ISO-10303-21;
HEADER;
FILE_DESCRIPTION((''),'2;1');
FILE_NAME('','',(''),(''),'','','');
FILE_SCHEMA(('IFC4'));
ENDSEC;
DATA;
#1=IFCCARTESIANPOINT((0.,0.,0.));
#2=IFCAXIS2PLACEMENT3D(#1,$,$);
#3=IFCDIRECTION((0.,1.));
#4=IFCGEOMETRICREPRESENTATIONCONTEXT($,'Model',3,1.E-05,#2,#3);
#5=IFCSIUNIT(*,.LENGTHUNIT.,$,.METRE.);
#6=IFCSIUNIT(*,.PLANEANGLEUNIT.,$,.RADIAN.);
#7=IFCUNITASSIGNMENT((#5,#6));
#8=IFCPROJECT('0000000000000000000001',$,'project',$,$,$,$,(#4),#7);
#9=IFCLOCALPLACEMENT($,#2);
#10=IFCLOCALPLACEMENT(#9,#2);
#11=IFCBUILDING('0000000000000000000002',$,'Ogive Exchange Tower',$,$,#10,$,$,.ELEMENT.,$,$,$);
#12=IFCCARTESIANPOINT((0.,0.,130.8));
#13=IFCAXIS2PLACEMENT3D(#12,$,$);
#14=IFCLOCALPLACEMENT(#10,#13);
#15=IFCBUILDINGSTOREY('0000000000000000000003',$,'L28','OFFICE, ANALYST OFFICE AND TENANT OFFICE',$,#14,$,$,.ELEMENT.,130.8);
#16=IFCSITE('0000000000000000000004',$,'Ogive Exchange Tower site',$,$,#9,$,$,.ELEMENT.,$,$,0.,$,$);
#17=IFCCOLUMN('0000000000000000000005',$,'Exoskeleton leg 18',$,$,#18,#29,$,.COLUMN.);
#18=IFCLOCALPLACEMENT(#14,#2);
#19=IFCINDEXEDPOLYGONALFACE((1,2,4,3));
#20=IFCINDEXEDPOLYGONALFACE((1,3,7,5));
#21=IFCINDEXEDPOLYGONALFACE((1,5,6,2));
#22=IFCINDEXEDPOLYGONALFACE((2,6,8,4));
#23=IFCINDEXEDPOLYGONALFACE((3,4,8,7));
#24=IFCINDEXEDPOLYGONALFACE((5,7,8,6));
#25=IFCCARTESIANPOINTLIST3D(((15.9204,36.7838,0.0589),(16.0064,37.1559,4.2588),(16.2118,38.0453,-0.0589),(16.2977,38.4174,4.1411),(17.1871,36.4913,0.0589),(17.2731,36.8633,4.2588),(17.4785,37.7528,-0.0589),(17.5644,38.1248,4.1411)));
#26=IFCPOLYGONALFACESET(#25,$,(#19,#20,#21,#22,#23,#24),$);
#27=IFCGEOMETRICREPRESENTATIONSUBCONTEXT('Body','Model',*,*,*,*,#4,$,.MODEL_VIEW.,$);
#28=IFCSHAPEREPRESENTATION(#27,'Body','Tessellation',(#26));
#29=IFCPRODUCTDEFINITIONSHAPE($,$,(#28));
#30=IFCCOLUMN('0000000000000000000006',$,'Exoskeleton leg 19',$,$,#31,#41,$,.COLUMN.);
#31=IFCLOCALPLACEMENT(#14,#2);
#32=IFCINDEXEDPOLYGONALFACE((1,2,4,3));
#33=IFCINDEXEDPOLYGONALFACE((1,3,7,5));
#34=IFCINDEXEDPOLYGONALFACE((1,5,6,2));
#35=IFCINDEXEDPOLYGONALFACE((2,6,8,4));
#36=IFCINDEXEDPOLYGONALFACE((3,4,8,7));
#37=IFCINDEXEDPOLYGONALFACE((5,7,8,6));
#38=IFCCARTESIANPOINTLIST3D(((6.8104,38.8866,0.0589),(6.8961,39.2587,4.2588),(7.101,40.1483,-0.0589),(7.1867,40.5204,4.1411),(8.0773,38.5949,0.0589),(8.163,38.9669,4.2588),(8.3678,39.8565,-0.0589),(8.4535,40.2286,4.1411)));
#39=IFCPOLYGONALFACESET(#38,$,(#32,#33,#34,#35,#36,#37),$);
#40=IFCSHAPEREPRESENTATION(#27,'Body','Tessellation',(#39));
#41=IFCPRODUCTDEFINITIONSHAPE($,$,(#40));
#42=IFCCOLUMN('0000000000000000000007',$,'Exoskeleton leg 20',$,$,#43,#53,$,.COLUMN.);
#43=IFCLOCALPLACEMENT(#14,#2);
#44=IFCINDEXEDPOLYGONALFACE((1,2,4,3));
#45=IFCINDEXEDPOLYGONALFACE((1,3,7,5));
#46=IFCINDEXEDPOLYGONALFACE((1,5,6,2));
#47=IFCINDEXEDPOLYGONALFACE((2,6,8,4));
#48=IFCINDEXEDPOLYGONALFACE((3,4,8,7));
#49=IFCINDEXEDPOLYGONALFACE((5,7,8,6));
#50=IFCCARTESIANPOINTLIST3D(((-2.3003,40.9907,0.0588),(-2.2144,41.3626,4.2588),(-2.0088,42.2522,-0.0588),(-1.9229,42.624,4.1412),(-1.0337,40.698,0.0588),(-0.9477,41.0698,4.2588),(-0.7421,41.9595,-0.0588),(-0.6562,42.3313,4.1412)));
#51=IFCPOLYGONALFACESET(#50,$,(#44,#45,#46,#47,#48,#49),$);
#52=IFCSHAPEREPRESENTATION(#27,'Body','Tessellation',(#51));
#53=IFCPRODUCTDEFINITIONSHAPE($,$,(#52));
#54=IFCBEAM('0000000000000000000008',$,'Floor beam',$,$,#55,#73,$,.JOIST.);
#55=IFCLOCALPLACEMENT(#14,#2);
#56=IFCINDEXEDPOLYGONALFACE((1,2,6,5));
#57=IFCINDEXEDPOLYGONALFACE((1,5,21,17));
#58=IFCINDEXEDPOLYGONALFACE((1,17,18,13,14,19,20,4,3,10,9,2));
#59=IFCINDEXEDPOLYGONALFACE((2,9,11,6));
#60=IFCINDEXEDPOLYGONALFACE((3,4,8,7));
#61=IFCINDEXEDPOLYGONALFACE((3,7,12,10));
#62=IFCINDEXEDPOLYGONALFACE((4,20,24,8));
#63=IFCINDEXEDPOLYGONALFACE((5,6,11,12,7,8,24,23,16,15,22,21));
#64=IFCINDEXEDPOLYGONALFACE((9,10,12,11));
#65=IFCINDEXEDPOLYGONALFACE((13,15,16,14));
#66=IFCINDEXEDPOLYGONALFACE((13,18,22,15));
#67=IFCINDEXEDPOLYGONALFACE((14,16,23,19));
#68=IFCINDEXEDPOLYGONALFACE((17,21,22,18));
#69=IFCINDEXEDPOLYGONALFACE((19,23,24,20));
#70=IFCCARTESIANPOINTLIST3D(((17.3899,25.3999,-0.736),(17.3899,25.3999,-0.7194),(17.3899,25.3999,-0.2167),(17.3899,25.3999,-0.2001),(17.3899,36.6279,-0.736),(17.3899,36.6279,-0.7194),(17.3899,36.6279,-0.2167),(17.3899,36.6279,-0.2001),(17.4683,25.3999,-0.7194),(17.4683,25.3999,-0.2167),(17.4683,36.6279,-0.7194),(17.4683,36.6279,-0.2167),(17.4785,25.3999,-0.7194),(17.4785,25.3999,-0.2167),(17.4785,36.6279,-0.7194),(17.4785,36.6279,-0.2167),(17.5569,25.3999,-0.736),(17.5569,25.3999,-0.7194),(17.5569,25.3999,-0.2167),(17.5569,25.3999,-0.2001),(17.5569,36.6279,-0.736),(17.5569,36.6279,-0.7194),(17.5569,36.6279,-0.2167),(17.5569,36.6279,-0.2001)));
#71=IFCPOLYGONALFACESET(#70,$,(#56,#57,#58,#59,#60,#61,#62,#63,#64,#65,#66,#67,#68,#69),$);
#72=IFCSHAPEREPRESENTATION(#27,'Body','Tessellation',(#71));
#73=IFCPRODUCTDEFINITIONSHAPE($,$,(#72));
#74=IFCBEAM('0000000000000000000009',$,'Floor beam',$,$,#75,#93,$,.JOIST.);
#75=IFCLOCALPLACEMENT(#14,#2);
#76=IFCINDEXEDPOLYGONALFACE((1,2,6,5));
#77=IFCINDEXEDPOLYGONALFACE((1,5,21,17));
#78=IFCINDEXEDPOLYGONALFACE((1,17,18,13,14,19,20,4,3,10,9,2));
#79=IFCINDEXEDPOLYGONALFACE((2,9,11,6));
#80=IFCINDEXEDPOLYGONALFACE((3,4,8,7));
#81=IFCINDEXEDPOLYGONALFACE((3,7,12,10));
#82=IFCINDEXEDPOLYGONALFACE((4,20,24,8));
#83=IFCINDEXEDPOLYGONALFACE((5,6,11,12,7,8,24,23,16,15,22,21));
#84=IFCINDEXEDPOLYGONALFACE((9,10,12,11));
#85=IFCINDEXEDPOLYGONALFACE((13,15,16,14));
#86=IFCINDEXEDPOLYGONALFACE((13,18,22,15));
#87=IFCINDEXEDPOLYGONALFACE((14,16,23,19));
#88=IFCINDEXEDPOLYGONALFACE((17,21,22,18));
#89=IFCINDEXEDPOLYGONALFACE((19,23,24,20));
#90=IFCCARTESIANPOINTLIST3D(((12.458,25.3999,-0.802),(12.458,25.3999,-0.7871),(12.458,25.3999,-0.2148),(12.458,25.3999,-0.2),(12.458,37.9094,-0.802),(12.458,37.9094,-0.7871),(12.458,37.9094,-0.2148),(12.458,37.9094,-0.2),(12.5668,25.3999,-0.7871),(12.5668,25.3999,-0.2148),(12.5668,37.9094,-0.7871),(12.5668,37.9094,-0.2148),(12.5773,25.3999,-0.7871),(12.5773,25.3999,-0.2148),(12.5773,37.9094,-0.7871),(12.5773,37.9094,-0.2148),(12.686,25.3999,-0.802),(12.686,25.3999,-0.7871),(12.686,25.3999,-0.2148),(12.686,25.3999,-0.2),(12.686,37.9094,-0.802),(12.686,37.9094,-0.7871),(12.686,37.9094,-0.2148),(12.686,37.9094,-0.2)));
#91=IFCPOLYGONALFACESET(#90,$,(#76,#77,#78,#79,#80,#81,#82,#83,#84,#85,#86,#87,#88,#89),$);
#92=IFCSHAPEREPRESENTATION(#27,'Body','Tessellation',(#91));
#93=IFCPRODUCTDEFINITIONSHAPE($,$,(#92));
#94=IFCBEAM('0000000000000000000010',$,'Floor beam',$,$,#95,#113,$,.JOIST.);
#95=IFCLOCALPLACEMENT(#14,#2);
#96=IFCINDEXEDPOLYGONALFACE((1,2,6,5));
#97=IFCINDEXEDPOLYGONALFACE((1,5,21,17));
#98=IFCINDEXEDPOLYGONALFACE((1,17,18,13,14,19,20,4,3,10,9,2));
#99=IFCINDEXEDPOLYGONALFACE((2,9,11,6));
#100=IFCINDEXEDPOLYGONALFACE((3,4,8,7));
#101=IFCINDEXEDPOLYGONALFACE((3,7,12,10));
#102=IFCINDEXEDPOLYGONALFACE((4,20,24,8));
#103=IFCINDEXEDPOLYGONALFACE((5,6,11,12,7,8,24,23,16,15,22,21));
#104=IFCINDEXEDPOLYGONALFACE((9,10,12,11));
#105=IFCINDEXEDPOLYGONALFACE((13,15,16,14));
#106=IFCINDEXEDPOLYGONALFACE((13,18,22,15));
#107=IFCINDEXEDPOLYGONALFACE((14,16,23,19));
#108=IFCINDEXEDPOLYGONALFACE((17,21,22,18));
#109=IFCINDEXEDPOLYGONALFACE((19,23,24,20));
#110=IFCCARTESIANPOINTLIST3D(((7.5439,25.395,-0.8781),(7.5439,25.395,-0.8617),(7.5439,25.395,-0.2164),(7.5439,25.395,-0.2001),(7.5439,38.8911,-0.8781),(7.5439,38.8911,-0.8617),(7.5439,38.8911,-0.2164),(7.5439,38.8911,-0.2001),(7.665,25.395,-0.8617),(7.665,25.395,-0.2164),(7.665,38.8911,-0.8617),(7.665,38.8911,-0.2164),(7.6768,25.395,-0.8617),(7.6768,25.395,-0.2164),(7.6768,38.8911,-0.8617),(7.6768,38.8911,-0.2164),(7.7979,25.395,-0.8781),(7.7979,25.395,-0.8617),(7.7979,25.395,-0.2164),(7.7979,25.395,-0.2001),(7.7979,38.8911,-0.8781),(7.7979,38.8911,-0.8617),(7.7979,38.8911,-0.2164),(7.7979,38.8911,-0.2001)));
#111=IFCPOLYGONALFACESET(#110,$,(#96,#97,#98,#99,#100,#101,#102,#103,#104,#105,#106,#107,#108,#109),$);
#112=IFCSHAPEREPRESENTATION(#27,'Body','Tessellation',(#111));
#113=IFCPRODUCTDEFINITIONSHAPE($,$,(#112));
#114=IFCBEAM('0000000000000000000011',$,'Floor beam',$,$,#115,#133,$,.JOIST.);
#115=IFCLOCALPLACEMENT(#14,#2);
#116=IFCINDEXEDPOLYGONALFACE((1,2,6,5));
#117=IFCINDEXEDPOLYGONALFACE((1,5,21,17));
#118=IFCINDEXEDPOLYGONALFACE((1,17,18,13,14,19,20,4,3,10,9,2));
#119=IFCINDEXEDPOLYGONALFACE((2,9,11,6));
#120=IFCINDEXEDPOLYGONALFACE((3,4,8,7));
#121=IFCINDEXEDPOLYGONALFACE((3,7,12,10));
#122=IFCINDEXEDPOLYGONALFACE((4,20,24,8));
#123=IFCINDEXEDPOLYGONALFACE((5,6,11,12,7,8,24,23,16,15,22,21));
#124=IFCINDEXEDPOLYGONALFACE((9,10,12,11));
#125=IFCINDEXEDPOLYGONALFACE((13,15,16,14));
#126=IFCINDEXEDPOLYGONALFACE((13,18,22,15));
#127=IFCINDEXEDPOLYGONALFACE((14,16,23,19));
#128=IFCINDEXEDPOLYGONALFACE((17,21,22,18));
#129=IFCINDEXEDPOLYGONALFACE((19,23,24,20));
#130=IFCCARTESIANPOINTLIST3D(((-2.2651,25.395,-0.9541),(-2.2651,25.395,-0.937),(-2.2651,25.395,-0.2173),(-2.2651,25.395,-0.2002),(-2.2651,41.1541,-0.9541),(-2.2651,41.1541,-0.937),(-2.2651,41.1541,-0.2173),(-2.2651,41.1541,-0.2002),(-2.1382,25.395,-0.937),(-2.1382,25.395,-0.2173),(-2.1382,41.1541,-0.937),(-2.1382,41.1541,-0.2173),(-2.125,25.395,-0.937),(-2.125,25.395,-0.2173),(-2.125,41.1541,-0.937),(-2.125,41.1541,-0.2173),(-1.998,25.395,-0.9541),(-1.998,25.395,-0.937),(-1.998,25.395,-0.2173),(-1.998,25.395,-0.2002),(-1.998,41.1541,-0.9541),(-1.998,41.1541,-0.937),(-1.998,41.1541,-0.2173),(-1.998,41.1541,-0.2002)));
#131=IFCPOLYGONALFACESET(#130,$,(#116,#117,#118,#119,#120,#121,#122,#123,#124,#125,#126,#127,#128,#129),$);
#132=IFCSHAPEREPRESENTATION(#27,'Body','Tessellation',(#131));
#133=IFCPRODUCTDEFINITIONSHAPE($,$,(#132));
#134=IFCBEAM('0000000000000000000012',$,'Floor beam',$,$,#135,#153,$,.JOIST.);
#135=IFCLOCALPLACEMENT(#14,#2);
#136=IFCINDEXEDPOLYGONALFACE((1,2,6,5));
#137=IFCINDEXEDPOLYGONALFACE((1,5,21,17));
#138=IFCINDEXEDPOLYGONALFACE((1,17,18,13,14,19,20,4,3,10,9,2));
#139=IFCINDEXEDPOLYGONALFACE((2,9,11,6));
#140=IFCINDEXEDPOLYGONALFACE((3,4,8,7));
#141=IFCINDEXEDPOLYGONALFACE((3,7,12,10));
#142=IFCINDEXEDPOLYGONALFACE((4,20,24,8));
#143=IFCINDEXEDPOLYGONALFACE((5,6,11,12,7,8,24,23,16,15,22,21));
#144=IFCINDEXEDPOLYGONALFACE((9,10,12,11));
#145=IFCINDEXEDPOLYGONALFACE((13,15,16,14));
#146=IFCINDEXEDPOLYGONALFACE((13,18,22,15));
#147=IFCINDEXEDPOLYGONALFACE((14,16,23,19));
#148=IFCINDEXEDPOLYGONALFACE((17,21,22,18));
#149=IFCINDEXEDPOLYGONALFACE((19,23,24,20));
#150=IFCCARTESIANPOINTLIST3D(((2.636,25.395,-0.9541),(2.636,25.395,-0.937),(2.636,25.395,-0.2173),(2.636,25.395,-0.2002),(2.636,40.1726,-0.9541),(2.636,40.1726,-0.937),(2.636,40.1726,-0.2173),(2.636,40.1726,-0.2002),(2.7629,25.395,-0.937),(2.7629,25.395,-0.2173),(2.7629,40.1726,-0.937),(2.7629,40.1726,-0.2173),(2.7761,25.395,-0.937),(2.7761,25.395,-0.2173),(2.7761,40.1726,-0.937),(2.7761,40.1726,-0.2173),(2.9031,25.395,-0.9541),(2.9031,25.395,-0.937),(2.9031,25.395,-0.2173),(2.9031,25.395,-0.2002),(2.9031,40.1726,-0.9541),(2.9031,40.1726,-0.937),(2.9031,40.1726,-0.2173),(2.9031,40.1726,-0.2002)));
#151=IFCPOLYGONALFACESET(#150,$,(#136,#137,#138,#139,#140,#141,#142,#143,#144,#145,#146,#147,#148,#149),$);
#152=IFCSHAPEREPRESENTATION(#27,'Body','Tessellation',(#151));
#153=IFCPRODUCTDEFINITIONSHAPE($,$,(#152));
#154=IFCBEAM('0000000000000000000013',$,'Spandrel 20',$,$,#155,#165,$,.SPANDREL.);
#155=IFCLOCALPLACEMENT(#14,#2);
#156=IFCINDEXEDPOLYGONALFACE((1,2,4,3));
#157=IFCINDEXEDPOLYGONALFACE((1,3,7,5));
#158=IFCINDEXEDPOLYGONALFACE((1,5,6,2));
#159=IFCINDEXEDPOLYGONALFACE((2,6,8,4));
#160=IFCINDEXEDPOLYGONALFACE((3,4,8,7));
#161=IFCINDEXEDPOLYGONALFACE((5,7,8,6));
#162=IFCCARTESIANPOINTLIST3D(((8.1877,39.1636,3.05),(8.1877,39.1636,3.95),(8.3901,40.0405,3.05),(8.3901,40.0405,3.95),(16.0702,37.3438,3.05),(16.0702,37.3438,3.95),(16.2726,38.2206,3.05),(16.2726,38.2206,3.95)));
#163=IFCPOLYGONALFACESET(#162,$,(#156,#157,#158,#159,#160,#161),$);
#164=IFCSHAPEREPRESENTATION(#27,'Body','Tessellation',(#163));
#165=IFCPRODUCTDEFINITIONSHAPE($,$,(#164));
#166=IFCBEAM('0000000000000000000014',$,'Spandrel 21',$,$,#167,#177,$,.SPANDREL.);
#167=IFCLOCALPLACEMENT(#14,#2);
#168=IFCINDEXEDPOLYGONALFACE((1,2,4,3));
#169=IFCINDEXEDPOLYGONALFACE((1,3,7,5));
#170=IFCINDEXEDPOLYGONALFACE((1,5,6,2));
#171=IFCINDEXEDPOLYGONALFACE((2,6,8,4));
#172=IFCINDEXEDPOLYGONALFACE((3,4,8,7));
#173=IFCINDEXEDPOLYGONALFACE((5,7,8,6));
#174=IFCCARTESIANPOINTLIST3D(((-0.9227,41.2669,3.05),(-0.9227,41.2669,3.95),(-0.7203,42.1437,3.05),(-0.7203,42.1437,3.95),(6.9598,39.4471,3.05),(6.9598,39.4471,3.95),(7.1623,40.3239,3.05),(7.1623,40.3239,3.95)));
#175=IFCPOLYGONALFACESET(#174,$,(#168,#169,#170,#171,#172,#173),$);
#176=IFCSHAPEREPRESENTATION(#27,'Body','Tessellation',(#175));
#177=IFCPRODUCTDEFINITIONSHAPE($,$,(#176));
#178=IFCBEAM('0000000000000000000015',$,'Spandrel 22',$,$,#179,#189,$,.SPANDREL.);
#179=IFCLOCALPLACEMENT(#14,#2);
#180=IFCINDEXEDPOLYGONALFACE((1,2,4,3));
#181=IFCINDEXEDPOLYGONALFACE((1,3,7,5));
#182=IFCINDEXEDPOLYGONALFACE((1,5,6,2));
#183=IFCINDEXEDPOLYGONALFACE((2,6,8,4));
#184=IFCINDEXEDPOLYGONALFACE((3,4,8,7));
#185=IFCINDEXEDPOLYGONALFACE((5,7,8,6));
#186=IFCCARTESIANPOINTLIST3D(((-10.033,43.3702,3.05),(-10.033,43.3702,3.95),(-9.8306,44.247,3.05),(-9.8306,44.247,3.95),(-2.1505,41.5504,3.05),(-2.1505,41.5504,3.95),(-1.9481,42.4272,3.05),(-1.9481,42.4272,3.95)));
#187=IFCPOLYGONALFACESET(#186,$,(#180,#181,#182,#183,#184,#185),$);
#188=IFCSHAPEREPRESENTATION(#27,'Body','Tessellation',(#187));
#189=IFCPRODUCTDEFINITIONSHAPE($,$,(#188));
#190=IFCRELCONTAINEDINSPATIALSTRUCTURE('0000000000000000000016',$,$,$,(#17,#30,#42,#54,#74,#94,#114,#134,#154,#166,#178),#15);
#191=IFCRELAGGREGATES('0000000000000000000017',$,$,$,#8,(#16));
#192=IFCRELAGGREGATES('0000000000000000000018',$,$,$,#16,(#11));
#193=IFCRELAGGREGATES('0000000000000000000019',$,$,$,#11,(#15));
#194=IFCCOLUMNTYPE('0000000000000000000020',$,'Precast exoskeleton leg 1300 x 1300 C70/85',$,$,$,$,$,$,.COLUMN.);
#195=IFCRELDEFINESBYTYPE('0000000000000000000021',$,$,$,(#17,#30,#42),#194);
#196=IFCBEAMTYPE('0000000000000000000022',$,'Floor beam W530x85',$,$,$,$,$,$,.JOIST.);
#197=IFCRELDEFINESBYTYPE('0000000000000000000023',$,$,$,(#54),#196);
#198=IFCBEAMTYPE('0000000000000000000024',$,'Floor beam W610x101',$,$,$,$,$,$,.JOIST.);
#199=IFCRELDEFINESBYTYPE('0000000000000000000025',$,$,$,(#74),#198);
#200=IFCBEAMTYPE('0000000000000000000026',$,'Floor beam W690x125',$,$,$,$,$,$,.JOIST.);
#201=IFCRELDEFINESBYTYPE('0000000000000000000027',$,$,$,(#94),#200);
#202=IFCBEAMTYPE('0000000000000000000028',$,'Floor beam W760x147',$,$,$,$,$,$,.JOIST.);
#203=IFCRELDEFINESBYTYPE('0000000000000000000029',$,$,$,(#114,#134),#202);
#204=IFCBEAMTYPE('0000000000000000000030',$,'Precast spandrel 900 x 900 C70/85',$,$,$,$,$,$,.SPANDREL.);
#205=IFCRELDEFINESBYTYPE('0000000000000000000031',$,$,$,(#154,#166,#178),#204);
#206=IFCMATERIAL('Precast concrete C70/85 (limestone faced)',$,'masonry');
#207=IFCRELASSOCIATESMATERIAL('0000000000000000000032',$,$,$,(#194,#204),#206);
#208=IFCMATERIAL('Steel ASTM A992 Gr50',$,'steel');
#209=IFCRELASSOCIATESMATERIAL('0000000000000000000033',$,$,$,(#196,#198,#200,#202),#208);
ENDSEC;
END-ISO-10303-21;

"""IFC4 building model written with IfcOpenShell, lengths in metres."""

from ifc_helpers import new_model, si_unit, direction, frame, origin, origin_2d, place, context, subcontext, project, spatial, rectangle, i_section, extrude, material, material_profile, profile_set, type_object, element, save


model = new_model("IFC4")

# Units and contexts
model_context = context("Model", 3, precision=1e-05, world=origin(), true_north=direction((0.0, 1.0)))
body_context = subcontext(model_context, "Body", "Model", "MODEL_VIEW")
ifc_project = project(units=[si_unit("LENGTHUNIT", "METRE"), si_unit("PLANEANGLEUNIT", "RADIAN")], contexts=[model_context])

# Site, building, storey
site_placement = place(None, origin())
site = spatial("IfcSite", under=ifc_project, at=site_placement, Name="Ogive Exchange Tower site", CompositionType="ELEMENT", RefElevation=0.0)
building_placement = place(site_placement, origin())
building = spatial("IfcBuilding", under=site, at=building_placement, Name="Ogive Exchange Tower", CompositionType="ELEMENT")
storey_placement = place(building_placement, frame((0.0, 0.0, 130.8)))
storey = spatial("IfcBuildingStorey", under=building, at=storey_placement, Name="L28", Description="OFFICE, ANALYST OFFICE AND TENANT OFFICE", CompositionType="ELEMENT", Elevation=130.8)

# Columns
ifc_material_1 = material(Name="Precast concrete C70/85 (limestone faced)", Category="masonry")
ifc_material_profile_1 = material_profile(ifc_material_1, rectangle(XDim=1.3, YDim=1.3, at=origin_2d()), Name="1300 x 1300")
ifc_profile_set_1 = profile_set([ifc_material_profile_1], Name="Precast concrete C70/85 (limestone faced)")
column_type = type_object("IfcColumnType", Name="Precast exoskeleton leg 1300 x 1300 C70/85", PredefinedType="COLUMN", material=ifc_profile_set_1)
for number, where, z_axis, x_axis, name in (
    (1, (16.6995, 37.2683, 0.0), (0.020377, 0.088225, 0.995892), (-0.974348, 0.225046, 0.0), "Exoskeleton leg 18"),
    (2, (7.5891, 39.3716, 0.0), (0.02032, 0.088225, 0.995893), (-0.974488, 0.224439, 0.0), "Exoskeleton leg 19"),
    (3, (-1.5212, 41.4751, 0.0), (0.020378, 0.088168, 0.995897), (-0.974316, 0.225187, 0.0), "Exoskeleton leg 20"),
):
    element("IfcColumn", number, at=place(storey_placement, frame(where, z_axis=z_axis, x_axis=x_axis)), inside=storey, type_object=column_type, Name=name, PredefinedType="COLUMN", context=body_context, shape_type="SweptSolid", body=[
        extrude(rectangle(XDim=1.3, YDim=1.3, at=origin_2d()), origin(), (0.0, 0.0, 1.0), 4.2173),
    ])

# Beams
ifc_material_2 = material(Name="Steel ASTM A992 Gr50", Category="steel")
ifc_material_profile_2 = material_profile(ifc_material_2, i_section(OverallWidth=0.167, OverallDepth=0.5359, WebThickness=0.0103, FlangeThickness=0.0166, at=origin_2d()), Name="W530x85")
ifc_profile_set_2 = profile_set([ifc_material_profile_2], Name="Steel ASTM A992 Gr50")
beam_type_1 = type_object("IfcBeamType", Name="Floor beam W530x85", PredefinedType="JOIST", material=ifc_profile_set_2)
beam_1_placement = place(storey_placement, frame((17.4734, 25.3999, -0.468), z_axis=(0.0, 1.0, 0.0), x_axis=(-1.0, 0.0, 0.0)))
element("IfcBeam", 4, at=beam_1_placement, inside=storey, type_object=beam_type_1, Name="Floor beam", PredefinedType="JOIST", context=body_context, shape_type="SweptSolid", body=[
    extrude(i_section(OverallWidth=0.167, OverallDepth=0.5359, WebThickness=0.0103, FlangeThickness=0.0166, at=origin_2d()), origin(), (0.0, 0.0, 1.0), 11.228),
])
ifc_material_profile_3 = material_profile(ifc_material_2, i_section(OverallWidth=0.228, OverallDepth=0.6021, WebThickness=0.0105, FlangeThickness=0.0149, at=origin_2d()), Name="W610x101")
ifc_profile_set_3 = profile_set([ifc_material_profile_3], Name="Steel ASTM A992 Gr50")
beam_type_2 = type_object("IfcBeamType", Name="Floor beam W610x101", PredefinedType="JOIST", material=ifc_profile_set_3)
beam_2_placement = place(storey_placement, frame((12.572, 25.3999, -0.501), z_axis=(0.0, 1.0, 0.0), x_axis=(-1.0, 0.0, 0.0)))
element("IfcBeam", 5, at=beam_2_placement, inside=storey, type_object=beam_type_2, Name="Floor beam", PredefinedType="JOIST", context=body_context, shape_type="SweptSolid", body=[
    extrude(i_section(OverallWidth=0.228, OverallDepth=0.6021, WebThickness=0.0105, FlangeThickness=0.0149, at=origin_2d()), origin(), (0.0, 0.0, 1.0), 12.5095),
])
ifc_material_profile_4 = material_profile(ifc_material_2, i_section(OverallWidth=0.2539, OverallDepth=0.678, WebThickness=0.0117, FlangeThickness=0.0164, at=origin_2d()), Name="W690x125")
ifc_profile_set_4 = profile_set([ifc_material_profile_4], Name="Steel ASTM A992 Gr50")
beam_type_3 = type_object("IfcBeamType", Name="Floor beam W690x125", PredefinedType="JOIST", material=ifc_profile_set_4)
beam_3_placement = place(storey_placement, frame((7.6709, 25.395, -0.5391), z_axis=(0.0, 1.0, 0.0), x_axis=(-1.0, 0.0, 0.0)))
element("IfcBeam", 6, at=beam_3_placement, inside=storey, type_object=beam_type_3, Name="Floor beam", PredefinedType="JOIST", context=body_context, shape_type="SweptSolid", body=[
    extrude(i_section(OverallWidth=0.2539, OverallDepth=0.678, WebThickness=0.0117, FlangeThickness=0.0164, at=origin_2d()), origin(), (0.0, 0.0, 1.0), 13.4961),
])
ifc_material_profile_5 = material_profile(ifc_material_2, i_section(OverallWidth=0.2671, OverallDepth=0.7539, WebThickness=0.0132, FlangeThickness=0.0171, at=origin_2d()), Name="W760x147")
ifc_profile_set_5 = profile_set([ifc_material_profile_5], Name="Steel ASTM A992 Gr50")
beam_type_4 = type_object("IfcBeamType", Name="Floor beam W760x147", PredefinedType="JOIST", material=ifc_profile_set_5)
beam_4_placement = place(storey_placement, frame((-2.1316, 25.395, -0.5771), z_axis=(0.0, 1.0, 0.0), x_axis=(-1.0, 0.0, 0.0)))
element("IfcBeam", 7, at=beam_4_placement, inside=storey, type_object=beam_type_4, Name="Floor beam", PredefinedType="JOIST", context=body_context, shape_type="SweptSolid", body=[
    extrude(i_section(OverallWidth=0.2671, OverallDepth=0.7539, WebThickness=0.0132, FlangeThickness=0.0171, at=origin_2d()), origin(), (0.0, 0.0, 1.0), 15.759),
])
beam_5_placement = place(storey_placement, frame((2.7695, 25.395, -0.5771), z_axis=(0.0, 1.0, 0.0), x_axis=(-1.0, 0.0, 0.0)))
element("IfcBeam", 8, at=beam_5_placement, inside=storey, type_object=beam_type_4, Name="Floor beam", PredefinedType="JOIST", context=body_context, shape_type="SweptSolid", body=[
    extrude(i_section(OverallWidth=0.2671, OverallDepth=0.7539, WebThickness=0.0132, FlangeThickness=0.0171, at=origin_2d()), origin(), (0.0, 0.0, 1.0), 14.7776),
])
ifc_material_profile_6 = material_profile(ifc_material_1, rectangle(XDim=0.8999, YDim=0.8999, at=origin_2d()), Name="900 x 900")
ifc_profile_set_6 = profile_set([ifc_material_profile_6], Name="Precast concrete C70/85 (limestone faced)")
beam_type_5 = type_object("IfcBeamType", Name="Precast spandrel 900 x 900 C70/85", PredefinedType="SPANDREL", material=ifc_profile_set_6)
for number, where, z_axis, x_axis, name in (
    (9, (16.1714, 37.7822, 3.5), (-0.97437, 0.22495, 0.0), (-0.22495, -0.97437, 0.0), "Spandrel 20"),
    (10, (7.061, 39.8855, 3.5), (-0.97437, 0.22495, 0.0), (-0.22495, -0.97437, 0.0), "Spandrel 21"),
    (11, (-2.0493, 41.9888, 3.5), (-0.97437, 0.22495, 0.0), (-0.22495, -0.97437, 0.0), "Spandrel 22"),
):
    element("IfcBeam", number, at=place(storey_placement, frame(where, z_axis=z_axis, x_axis=x_axis)), inside=storey, type_object=beam_type_5, Name=name, PredefinedType="SPANDREL", context=body_context, shape_type="SweptSolid", body=[
        extrude(rectangle(XDim=0.8999, YDim=0.8999, at=origin_2d()), origin(), (0.0, 0.0, 1.0), 8.0898),
    ])

save(model, "model.ifc")
